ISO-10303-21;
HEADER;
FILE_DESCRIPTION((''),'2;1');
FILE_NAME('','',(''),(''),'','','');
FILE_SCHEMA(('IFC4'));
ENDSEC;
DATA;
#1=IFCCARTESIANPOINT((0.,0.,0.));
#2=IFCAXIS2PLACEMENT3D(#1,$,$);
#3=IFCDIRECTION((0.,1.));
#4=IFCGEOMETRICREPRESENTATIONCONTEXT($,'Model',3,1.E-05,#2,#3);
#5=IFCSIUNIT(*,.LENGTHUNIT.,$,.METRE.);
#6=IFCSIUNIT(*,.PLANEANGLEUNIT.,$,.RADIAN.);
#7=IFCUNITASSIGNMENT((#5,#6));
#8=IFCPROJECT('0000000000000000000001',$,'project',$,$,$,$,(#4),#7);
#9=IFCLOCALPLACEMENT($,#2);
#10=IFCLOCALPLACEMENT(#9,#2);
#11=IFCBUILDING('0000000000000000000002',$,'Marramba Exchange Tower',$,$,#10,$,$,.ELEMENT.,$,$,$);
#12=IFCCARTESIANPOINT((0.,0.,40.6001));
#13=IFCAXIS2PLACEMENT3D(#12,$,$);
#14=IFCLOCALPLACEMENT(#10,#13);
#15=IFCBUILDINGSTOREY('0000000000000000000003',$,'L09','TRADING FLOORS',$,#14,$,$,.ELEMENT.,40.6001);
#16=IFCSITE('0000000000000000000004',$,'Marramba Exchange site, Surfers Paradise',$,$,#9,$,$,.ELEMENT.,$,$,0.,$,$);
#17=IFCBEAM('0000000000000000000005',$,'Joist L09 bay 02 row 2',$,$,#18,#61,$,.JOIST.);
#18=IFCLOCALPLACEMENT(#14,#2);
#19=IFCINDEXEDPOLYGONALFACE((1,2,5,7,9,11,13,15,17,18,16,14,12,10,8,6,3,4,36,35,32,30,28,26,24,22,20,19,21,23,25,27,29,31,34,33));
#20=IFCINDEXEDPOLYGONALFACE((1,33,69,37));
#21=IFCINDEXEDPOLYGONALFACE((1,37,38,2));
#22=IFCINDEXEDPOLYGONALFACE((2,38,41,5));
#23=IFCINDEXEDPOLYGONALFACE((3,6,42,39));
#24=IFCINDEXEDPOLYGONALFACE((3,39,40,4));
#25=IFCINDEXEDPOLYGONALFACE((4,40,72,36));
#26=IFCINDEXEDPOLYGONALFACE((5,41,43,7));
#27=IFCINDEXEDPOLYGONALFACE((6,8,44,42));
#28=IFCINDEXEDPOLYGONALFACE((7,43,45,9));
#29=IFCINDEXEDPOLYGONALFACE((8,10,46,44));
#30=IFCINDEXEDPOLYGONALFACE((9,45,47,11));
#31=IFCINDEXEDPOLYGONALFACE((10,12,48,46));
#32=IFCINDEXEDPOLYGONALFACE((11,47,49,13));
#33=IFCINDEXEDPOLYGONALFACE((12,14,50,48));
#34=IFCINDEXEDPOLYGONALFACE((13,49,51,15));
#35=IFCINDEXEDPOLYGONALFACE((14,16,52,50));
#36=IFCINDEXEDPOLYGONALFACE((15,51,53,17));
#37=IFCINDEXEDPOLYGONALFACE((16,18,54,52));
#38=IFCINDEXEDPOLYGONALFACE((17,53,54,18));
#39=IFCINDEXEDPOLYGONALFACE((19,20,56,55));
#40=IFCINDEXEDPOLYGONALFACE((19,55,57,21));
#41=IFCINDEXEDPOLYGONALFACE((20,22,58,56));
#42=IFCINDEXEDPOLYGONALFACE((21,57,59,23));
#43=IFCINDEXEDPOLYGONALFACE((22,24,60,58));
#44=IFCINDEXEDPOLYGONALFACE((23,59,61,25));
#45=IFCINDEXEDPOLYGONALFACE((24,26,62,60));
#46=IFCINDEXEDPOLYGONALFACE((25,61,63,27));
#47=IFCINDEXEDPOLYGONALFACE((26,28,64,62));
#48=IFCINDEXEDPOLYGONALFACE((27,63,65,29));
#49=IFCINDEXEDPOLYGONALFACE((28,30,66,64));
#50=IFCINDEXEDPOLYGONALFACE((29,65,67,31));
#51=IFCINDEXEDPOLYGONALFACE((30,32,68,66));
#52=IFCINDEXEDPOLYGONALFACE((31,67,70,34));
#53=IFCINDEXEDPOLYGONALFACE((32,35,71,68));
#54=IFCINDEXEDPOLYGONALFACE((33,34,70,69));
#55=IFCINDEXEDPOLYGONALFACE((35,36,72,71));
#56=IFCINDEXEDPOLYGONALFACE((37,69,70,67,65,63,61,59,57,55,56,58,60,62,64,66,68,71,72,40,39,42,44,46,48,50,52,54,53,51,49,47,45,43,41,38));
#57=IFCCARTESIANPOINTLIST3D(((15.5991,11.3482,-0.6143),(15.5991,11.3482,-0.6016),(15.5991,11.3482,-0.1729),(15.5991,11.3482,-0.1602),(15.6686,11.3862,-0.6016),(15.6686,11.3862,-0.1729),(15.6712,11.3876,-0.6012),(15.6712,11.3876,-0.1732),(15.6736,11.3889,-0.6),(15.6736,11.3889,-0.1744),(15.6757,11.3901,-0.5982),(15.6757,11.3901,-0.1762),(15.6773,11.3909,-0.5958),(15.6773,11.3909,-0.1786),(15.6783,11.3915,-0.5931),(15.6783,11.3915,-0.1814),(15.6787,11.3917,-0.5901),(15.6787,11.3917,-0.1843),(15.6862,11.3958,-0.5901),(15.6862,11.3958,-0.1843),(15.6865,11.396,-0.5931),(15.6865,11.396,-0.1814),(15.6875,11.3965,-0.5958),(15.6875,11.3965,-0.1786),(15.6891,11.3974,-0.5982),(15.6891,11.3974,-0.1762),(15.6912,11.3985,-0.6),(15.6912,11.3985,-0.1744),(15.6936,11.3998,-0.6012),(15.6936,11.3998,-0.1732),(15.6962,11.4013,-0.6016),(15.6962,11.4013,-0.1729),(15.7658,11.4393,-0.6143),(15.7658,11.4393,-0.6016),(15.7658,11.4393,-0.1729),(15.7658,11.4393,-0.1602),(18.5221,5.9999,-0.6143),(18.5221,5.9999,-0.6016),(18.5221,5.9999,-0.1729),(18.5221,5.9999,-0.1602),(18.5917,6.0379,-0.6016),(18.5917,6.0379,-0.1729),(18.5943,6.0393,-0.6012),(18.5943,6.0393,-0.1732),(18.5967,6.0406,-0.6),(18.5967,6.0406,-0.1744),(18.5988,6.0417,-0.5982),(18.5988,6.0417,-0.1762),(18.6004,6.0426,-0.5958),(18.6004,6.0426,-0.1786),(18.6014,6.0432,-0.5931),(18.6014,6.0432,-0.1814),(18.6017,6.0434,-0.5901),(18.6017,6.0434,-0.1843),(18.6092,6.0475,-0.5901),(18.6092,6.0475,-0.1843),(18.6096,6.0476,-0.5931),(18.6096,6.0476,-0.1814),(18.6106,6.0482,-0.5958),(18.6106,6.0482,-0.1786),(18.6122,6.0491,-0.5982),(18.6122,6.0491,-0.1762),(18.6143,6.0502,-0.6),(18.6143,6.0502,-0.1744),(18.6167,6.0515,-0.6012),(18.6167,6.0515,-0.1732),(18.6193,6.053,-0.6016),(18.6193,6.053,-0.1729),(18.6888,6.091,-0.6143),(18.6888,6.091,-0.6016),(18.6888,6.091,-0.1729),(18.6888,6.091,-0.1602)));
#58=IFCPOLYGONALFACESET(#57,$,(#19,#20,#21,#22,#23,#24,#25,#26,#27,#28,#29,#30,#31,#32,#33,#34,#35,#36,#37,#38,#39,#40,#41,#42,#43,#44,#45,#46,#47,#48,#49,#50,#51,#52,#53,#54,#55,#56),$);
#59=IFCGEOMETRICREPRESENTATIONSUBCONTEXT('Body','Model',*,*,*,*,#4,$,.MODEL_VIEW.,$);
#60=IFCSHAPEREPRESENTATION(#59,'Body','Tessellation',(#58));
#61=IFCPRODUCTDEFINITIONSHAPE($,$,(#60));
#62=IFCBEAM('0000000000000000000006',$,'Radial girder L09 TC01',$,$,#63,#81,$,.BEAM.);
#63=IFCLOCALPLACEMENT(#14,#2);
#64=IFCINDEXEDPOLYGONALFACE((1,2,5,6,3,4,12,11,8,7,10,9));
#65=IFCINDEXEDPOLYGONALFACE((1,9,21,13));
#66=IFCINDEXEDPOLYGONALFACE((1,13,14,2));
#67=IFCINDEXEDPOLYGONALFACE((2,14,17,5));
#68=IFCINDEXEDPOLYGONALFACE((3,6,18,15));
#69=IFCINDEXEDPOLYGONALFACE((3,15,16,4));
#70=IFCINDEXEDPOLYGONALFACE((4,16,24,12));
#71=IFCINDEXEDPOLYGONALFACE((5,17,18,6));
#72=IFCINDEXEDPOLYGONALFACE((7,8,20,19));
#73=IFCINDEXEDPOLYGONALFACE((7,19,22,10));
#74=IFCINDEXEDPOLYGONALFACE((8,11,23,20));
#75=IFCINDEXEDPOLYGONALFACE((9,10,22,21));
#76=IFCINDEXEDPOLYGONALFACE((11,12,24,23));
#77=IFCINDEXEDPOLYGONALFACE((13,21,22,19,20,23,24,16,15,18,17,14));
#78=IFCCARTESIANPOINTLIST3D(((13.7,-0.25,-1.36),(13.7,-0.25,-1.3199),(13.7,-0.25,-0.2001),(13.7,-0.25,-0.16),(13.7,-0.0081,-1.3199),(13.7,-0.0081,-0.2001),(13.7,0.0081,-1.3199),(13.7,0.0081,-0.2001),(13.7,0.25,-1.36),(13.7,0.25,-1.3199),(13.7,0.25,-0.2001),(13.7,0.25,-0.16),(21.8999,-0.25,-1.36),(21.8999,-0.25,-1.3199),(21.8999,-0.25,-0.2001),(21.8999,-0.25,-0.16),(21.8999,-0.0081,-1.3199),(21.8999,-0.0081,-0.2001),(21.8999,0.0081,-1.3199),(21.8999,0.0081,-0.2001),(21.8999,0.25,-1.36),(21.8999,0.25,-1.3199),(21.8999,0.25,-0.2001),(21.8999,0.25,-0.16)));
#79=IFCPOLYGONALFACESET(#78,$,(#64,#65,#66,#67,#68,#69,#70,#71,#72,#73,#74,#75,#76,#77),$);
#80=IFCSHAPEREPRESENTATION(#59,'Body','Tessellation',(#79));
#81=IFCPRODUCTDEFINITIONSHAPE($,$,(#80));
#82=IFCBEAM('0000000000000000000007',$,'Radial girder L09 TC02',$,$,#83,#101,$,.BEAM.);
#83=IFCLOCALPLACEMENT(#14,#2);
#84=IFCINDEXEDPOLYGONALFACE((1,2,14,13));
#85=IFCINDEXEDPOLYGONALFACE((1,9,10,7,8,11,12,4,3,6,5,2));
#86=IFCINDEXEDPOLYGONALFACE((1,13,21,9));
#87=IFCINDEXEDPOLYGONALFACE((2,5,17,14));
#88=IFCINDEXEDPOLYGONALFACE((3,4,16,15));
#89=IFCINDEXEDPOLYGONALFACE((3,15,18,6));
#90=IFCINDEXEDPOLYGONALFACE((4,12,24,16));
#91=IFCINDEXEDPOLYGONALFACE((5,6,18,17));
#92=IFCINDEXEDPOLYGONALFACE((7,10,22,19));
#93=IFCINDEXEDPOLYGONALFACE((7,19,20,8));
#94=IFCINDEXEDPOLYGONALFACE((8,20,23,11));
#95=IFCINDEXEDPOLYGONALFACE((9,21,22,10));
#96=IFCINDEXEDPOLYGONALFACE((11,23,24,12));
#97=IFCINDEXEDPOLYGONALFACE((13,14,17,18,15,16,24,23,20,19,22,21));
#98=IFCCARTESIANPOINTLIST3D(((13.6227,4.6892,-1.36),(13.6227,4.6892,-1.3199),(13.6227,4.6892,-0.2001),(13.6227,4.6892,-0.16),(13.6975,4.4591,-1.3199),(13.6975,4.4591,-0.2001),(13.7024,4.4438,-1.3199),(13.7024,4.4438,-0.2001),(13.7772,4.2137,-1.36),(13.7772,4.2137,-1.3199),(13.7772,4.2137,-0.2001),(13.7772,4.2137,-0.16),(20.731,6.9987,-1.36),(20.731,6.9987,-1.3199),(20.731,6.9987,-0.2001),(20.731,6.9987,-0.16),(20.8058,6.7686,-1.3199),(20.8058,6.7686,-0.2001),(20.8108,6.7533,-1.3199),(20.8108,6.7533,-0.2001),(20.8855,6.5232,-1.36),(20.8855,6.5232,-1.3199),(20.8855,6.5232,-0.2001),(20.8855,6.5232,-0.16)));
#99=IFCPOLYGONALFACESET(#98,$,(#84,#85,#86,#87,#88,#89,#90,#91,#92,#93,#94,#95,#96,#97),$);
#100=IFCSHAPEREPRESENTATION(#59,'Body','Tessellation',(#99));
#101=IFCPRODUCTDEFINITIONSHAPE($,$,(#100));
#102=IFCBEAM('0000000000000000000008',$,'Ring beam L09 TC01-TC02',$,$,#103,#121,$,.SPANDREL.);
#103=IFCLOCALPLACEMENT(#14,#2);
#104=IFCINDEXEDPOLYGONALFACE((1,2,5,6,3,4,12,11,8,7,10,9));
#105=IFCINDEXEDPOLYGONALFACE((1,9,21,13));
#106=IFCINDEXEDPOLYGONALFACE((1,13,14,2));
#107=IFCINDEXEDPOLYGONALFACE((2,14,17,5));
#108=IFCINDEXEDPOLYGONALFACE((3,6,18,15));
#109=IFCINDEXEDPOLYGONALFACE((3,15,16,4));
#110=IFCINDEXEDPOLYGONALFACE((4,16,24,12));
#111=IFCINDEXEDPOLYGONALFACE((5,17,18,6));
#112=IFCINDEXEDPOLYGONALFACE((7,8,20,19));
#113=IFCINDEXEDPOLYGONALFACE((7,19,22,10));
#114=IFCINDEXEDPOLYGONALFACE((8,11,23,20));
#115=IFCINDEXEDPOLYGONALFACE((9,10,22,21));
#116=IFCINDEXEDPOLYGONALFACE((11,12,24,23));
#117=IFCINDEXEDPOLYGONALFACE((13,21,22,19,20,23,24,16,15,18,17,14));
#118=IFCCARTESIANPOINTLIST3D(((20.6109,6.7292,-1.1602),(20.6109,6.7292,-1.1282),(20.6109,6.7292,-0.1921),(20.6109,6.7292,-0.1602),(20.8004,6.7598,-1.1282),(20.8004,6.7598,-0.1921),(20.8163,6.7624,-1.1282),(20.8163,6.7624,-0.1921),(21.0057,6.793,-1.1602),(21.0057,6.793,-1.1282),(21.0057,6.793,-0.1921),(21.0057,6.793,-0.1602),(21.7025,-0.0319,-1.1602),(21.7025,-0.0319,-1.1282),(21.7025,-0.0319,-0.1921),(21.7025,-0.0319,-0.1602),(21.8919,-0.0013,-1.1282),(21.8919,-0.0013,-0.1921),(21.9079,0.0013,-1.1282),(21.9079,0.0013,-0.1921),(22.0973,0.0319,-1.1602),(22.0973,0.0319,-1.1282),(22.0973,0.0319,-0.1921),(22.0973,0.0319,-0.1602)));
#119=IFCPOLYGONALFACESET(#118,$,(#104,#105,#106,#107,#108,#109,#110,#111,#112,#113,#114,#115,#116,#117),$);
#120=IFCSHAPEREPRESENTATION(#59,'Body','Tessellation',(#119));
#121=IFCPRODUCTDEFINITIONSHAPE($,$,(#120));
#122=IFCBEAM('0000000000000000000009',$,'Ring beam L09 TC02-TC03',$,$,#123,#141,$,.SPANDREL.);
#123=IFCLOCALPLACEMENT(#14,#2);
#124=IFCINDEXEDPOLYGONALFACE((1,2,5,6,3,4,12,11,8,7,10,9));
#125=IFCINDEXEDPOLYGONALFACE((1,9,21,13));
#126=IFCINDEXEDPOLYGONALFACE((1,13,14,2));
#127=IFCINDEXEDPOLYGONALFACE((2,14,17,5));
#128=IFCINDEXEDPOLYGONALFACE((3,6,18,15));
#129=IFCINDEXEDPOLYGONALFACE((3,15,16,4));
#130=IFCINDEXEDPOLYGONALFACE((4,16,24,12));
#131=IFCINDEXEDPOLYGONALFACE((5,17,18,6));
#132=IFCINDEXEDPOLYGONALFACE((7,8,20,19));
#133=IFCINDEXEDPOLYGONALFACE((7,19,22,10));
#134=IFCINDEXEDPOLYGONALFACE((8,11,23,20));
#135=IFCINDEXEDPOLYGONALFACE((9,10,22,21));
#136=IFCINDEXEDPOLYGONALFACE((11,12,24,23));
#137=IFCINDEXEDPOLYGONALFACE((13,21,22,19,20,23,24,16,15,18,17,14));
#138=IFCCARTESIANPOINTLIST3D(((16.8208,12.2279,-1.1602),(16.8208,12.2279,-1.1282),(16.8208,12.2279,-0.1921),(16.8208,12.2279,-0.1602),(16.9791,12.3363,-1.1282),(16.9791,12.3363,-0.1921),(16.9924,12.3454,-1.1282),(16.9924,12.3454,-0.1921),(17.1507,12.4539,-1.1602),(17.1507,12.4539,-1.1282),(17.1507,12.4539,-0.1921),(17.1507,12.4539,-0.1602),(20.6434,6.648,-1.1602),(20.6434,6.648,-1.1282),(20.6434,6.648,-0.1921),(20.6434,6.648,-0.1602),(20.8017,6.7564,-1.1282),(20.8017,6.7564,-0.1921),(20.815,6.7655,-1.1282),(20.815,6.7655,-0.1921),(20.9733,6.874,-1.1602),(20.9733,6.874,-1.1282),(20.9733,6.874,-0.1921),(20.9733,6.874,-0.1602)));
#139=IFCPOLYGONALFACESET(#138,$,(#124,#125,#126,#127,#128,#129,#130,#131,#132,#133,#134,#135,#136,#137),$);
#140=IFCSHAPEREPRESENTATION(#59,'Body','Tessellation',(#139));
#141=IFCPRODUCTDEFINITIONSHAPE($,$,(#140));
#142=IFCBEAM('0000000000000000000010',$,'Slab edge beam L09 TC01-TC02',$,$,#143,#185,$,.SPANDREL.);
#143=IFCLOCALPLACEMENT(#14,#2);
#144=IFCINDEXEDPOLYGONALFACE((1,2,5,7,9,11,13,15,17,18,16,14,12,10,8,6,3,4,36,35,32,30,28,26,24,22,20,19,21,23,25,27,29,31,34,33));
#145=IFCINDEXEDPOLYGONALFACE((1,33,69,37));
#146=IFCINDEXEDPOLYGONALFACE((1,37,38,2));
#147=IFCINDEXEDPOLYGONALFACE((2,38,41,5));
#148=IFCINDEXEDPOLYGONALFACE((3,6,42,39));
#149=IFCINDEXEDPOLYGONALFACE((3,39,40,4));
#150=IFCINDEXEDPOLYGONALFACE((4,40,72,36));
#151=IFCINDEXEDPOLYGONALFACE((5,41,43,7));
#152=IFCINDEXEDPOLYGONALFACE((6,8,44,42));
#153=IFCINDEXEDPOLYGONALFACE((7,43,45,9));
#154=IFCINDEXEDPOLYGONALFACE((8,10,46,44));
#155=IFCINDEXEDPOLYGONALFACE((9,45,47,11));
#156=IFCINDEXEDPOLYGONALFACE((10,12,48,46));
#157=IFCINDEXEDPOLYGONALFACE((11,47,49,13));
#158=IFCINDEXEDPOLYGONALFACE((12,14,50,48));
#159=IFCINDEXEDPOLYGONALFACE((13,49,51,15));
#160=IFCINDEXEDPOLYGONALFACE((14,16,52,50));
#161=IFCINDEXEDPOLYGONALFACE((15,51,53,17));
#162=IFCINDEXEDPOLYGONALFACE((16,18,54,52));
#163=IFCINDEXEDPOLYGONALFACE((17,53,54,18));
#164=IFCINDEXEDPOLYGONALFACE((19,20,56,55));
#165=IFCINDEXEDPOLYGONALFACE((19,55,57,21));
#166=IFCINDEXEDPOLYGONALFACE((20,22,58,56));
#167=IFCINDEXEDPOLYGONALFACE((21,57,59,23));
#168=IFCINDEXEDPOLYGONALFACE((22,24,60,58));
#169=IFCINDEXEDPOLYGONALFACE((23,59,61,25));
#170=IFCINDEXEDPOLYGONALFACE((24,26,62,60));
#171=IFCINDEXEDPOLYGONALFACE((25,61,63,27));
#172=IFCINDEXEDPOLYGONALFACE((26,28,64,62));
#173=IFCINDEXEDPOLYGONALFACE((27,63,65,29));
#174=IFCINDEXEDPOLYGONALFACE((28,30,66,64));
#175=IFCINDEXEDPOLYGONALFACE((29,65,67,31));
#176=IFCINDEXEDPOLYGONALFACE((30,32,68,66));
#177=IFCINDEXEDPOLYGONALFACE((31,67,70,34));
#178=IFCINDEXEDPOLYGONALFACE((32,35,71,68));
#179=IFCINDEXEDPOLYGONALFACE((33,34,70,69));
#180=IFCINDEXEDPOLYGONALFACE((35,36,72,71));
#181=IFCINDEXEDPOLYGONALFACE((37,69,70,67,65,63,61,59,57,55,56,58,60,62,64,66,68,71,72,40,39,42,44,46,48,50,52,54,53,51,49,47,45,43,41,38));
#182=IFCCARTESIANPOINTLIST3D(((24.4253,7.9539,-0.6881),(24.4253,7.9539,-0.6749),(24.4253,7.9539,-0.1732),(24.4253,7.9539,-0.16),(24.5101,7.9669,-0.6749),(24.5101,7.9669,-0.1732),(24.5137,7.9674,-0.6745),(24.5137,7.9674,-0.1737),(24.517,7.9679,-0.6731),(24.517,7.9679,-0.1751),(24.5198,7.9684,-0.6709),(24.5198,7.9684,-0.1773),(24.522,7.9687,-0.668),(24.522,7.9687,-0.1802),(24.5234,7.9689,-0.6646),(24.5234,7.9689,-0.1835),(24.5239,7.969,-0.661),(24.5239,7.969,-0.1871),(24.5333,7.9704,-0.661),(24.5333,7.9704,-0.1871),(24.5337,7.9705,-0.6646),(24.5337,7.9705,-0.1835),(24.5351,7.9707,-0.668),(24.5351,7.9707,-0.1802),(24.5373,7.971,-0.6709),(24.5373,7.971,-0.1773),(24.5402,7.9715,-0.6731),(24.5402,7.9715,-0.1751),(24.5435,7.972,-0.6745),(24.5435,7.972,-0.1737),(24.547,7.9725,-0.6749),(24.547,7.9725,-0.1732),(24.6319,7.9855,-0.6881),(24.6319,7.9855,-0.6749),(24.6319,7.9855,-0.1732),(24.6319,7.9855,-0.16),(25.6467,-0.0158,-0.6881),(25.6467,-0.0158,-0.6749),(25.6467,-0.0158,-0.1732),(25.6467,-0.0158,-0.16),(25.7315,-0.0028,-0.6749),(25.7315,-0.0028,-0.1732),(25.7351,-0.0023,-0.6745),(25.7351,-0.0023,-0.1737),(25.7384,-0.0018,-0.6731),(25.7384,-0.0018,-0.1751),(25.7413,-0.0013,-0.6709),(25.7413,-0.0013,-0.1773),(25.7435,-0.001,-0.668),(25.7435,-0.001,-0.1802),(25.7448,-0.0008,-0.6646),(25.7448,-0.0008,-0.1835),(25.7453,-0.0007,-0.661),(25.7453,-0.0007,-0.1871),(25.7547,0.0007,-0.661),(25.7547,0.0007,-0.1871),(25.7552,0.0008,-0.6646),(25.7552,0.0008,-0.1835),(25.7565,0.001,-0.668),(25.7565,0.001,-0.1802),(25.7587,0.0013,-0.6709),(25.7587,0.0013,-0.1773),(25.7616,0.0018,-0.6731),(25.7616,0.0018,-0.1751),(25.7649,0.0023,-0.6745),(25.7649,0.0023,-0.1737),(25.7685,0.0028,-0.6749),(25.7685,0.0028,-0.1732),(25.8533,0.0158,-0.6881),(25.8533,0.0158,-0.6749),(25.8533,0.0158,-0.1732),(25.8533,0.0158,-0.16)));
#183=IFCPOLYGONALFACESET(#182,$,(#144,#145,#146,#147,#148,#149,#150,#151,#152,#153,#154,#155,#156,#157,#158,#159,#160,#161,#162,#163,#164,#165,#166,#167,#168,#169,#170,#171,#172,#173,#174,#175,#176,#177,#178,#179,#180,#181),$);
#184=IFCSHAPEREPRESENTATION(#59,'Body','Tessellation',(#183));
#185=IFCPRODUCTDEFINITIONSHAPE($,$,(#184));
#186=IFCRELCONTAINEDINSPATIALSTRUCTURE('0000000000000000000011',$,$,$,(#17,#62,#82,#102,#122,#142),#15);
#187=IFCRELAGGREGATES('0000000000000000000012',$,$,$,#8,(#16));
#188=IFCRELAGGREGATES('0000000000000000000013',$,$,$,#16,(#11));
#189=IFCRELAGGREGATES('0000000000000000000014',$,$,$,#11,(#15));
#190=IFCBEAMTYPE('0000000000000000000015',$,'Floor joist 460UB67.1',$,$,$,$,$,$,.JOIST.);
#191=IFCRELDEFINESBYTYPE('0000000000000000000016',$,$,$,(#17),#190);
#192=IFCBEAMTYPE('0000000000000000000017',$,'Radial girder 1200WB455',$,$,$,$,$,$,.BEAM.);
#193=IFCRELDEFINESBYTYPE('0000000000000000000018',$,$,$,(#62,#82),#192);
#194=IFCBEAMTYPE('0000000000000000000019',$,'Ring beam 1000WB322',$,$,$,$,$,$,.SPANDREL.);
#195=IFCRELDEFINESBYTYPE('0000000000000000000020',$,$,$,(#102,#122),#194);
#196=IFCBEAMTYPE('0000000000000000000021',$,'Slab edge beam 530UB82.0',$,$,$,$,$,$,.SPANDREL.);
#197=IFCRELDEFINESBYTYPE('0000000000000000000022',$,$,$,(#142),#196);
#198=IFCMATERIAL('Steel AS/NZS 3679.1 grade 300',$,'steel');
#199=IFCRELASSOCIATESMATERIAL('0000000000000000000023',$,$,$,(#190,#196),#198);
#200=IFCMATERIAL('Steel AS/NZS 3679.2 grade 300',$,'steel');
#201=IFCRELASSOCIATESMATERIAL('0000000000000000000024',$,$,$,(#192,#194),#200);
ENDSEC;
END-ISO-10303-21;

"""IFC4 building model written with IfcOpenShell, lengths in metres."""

from ifc_helpers import new_model, si_unit, direction, frame, origin, origin_2d, place, context, subcontext, project, spatial, i_section, extrude, material, material_profile, profile_set, type_object, element, save


model = new_model("IFC4")

# Units and contexts
model_context = context("Model", 3, precision=1e-05, world=origin(), true_north=direction((0.0, 1.0)))
body_context = subcontext(model_context, "Body", "Model", "MODEL_VIEW")
ifc_project = project(units=[si_unit("LENGTHUNIT", "METRE"), si_unit("PLANEANGLEUNIT", "RADIAN")], contexts=[model_context])

# Site, building, storey
site_placement = place(None, origin())
site = spatial("IfcSite", under=ifc_project, at=site_placement, Name="Marramba Exchange site, Surfers Paradise", CompositionType="ELEMENT", RefElevation=0.0)
building_placement = place(site_placement, origin())
building = spatial("IfcBuilding", under=site, at=building_placement, Name="Marramba Exchange Tower", CompositionType="ELEMENT")
storey_placement = place(building_placement, frame((0.0, 0.0, 40.6001)))
storey = spatial("IfcBuildingStorey", under=building, at=storey_placement, Name="L09", Description="TRADING FLOORS", CompositionType="ELEMENT", Elevation=40.6001)

# Beams
ifc_material_1 = material(Name="Steel AS/NZS 3679.2 grade 300", Category="steel")
ifc_material_2 = material(Name="Steel AS/NZS 3679.1 grade 300", Category="steel")
ifc_material_profile_1 = material_profile(ifc_material_2, i_section(OverallWidth=0.1899, OverallDepth=0.4541, WebThickness=0.0085, FlangeThickness=0.0127, FilletRadius=0.0115, at=origin_2d()), Name="460UB67.1")
ifc_profile_set_1 = profile_set([ifc_material_profile_1], Name="Steel AS/NZS 3679.1 grade 300")
beam_type_1 = type_object("IfcBeamType", Name="Floor joist 460UB67.1", PredefinedType="JOIST", material=ifc_profile_set_1)
beam_1_placement = place(storey_placement, frame((18.6055, 6.0454, -0.3872), z_axis=(-0.479584, 0.877496, 0.0), x_axis=(-0.877496, -0.479584, 0.0)))
element("IfcBeam", 1, at=beam_1_placement, inside=storey, type_object=beam_type_1, Name="Joist L09 bay 02 row 2", PredefinedType="JOIST", context=body_context, shape_type="SweptSolid", body=[
    extrude(i_section(OverallWidth=0.1899, OverallDepth=0.4541, WebThickness=0.0085, FlangeThickness=0.0127, FilletRadius=0.0115, at=origin_2d()), origin(), (0.0, 0.0, 1.0), 6.095),
])
ifc_material_profile_2 = material_profile(ifc_material_1, i_section(OverallWidth=0.5, OverallDepth=1.2, WebThickness=0.0161, FlangeThickness=0.04, at=origin_2d()), Name="1200WB455")
ifc_profile_set_2 = profile_set([ifc_material_profile_2], Name="Steel AS/NZS 3679.2 grade 300")
beam_type_2 = type_object("IfcBeamType", Name="Radial girder 1200WB455", PredefinedType="BEAM", material=ifc_profile_set_2)
beam_2_placement = place(storey_placement, frame((13.7, 0.0, -0.76), z_axis=(1.0, 0.0, 0.0), x_axis=(0.0, 1.0, 0.0)))
element("IfcBeam", 2, at=beam_2_placement, inside=storey, type_object=beam_type_2, Name="Radial girder L09 TC01", PredefinedType="BEAM", context=body_context, shape_type="SweptSolid", body=[
    extrude(i_section(OverallWidth=0.5, OverallDepth=1.2, WebThickness=0.0161, FlangeThickness=0.04, at=origin_2d()), origin(), (0.0, 0.0, 1.0), 8.2),
])
beam_3_placement = place(storey_placement, frame((13.7, 4.4514, -0.76), z_axis=(0.95106, 0.309006, 0.0), x_axis=(-0.309006, 0.95106, 0.0)))
element("IfcBeam", 3, at=beam_3_placement, inside=storey, type_object=beam_type_2, Name="Radial girder L09 TC02", PredefinedType="BEAM", context=body_context, shape_type="SweptSolid", body=[
    extrude(i_section(OverallWidth=0.5, OverallDepth=1.2, WebThickness=0.0161, FlangeThickness=0.04, at=origin_2d()), origin(), (0.0, 0.0, 1.0), 7.4741),
])
ifc_material_profile_3 = material_profile(ifc_material_1, i_section(OverallWidth=0.3999, OverallDepth=1.0, WebThickness=0.0161, FlangeThickness=0.032, at=origin_2d()), Name="1000WB322")
ifc_profile_set_3 = profile_set([ifc_material_profile_3], Name="Steel AS/NZS 3679.2 grade 300")
beam_type_3 = type_object("IfcBeamType", Name="Ring beam 1000WB322", PredefinedType="SPANDREL", material=ifc_profile_set_3)
beam_4_placement = place(storey_placement, frame((21.8999, 0.0, -0.6602), z_axis=(-0.159385, 0.987217, 0.0), x_axis=(-0.987217, -0.159385, 0.0)))
element("IfcBeam", 4, at=beam_4_placement, inside=storey, type_object=beam_type_3, Name="Ring beam L09 TC01-TC02", PredefinedType="SPANDREL", context=body_context, shape_type="SweptSolid", body=[
    extrude(i_section(OverallWidth=0.3999, OverallDepth=1.0, WebThickness=0.0161, FlangeThickness=0.032, at=origin_2d()), origin(), (0.0, 0.0, 1.0), 6.8486),
])
beam_5_placement = place(storey_placement, frame((20.8083, 6.761, -0.6602), z_axis=(-0.56516, 0.824981, 0.0), x_axis=(-0.824981, -0.56516, 0.0)))
element("IfcBeam", 5, at=beam_5_placement, inside=storey, type_object=beam_type_3, Name="Ring beam L09 TC02-TC03", PredefinedType="SPANDREL", context=body_context, shape_type="SweptSolid", body=[
    extrude(i_section(OverallWidth=0.3999, OverallDepth=1.0, WebThickness=0.0161, FlangeThickness=0.032, at=origin_2d()), origin(), (0.0, 0.0, 1.0), 6.7637),
])
ifc_material_profile_4 = material_profile(ifc_material_2, i_section(OverallWidth=0.209, OverallDepth=0.5281, WebThickness=0.0095, FlangeThickness=0.0132, FilletRadius=0.0139, at=origin_2d()), Name="530UB82.0")
ifc_profile_set_4 = profile_set([ifc_material_profile_4], Name="Steel AS/NZS 3679.1 grade 300")
beam_type_4 = type_object("IfcBeamType", Name="Slab edge beam 530UB82.0", PredefinedType="SPANDREL", material=ifc_profile_set_4)
beam_6_placement = place(storey_placement, frame((25.75, 0.0, -0.4241), z_axis=(-0.151491, 0.988459, 0.0), x_axis=(-0.988459, -0.151491, 0.0)))
element("IfcBeam", 6, at=beam_6_placement, inside=storey, type_object=beam_type_4, Name="Slab edge beam L09 TC01-TC02", PredefinedType="SPANDREL", context=body_context, shape_type="SweptSolid", body=[
    extrude(i_section(OverallWidth=0.209, OverallDepth=0.5281, WebThickness=0.0095, FlangeThickness=0.0132, FilletRadius=0.0139, at=origin_2d()), origin(), (0.0, 0.0, 1.0), 8.0627),
])

save(model, "model.ifc")
